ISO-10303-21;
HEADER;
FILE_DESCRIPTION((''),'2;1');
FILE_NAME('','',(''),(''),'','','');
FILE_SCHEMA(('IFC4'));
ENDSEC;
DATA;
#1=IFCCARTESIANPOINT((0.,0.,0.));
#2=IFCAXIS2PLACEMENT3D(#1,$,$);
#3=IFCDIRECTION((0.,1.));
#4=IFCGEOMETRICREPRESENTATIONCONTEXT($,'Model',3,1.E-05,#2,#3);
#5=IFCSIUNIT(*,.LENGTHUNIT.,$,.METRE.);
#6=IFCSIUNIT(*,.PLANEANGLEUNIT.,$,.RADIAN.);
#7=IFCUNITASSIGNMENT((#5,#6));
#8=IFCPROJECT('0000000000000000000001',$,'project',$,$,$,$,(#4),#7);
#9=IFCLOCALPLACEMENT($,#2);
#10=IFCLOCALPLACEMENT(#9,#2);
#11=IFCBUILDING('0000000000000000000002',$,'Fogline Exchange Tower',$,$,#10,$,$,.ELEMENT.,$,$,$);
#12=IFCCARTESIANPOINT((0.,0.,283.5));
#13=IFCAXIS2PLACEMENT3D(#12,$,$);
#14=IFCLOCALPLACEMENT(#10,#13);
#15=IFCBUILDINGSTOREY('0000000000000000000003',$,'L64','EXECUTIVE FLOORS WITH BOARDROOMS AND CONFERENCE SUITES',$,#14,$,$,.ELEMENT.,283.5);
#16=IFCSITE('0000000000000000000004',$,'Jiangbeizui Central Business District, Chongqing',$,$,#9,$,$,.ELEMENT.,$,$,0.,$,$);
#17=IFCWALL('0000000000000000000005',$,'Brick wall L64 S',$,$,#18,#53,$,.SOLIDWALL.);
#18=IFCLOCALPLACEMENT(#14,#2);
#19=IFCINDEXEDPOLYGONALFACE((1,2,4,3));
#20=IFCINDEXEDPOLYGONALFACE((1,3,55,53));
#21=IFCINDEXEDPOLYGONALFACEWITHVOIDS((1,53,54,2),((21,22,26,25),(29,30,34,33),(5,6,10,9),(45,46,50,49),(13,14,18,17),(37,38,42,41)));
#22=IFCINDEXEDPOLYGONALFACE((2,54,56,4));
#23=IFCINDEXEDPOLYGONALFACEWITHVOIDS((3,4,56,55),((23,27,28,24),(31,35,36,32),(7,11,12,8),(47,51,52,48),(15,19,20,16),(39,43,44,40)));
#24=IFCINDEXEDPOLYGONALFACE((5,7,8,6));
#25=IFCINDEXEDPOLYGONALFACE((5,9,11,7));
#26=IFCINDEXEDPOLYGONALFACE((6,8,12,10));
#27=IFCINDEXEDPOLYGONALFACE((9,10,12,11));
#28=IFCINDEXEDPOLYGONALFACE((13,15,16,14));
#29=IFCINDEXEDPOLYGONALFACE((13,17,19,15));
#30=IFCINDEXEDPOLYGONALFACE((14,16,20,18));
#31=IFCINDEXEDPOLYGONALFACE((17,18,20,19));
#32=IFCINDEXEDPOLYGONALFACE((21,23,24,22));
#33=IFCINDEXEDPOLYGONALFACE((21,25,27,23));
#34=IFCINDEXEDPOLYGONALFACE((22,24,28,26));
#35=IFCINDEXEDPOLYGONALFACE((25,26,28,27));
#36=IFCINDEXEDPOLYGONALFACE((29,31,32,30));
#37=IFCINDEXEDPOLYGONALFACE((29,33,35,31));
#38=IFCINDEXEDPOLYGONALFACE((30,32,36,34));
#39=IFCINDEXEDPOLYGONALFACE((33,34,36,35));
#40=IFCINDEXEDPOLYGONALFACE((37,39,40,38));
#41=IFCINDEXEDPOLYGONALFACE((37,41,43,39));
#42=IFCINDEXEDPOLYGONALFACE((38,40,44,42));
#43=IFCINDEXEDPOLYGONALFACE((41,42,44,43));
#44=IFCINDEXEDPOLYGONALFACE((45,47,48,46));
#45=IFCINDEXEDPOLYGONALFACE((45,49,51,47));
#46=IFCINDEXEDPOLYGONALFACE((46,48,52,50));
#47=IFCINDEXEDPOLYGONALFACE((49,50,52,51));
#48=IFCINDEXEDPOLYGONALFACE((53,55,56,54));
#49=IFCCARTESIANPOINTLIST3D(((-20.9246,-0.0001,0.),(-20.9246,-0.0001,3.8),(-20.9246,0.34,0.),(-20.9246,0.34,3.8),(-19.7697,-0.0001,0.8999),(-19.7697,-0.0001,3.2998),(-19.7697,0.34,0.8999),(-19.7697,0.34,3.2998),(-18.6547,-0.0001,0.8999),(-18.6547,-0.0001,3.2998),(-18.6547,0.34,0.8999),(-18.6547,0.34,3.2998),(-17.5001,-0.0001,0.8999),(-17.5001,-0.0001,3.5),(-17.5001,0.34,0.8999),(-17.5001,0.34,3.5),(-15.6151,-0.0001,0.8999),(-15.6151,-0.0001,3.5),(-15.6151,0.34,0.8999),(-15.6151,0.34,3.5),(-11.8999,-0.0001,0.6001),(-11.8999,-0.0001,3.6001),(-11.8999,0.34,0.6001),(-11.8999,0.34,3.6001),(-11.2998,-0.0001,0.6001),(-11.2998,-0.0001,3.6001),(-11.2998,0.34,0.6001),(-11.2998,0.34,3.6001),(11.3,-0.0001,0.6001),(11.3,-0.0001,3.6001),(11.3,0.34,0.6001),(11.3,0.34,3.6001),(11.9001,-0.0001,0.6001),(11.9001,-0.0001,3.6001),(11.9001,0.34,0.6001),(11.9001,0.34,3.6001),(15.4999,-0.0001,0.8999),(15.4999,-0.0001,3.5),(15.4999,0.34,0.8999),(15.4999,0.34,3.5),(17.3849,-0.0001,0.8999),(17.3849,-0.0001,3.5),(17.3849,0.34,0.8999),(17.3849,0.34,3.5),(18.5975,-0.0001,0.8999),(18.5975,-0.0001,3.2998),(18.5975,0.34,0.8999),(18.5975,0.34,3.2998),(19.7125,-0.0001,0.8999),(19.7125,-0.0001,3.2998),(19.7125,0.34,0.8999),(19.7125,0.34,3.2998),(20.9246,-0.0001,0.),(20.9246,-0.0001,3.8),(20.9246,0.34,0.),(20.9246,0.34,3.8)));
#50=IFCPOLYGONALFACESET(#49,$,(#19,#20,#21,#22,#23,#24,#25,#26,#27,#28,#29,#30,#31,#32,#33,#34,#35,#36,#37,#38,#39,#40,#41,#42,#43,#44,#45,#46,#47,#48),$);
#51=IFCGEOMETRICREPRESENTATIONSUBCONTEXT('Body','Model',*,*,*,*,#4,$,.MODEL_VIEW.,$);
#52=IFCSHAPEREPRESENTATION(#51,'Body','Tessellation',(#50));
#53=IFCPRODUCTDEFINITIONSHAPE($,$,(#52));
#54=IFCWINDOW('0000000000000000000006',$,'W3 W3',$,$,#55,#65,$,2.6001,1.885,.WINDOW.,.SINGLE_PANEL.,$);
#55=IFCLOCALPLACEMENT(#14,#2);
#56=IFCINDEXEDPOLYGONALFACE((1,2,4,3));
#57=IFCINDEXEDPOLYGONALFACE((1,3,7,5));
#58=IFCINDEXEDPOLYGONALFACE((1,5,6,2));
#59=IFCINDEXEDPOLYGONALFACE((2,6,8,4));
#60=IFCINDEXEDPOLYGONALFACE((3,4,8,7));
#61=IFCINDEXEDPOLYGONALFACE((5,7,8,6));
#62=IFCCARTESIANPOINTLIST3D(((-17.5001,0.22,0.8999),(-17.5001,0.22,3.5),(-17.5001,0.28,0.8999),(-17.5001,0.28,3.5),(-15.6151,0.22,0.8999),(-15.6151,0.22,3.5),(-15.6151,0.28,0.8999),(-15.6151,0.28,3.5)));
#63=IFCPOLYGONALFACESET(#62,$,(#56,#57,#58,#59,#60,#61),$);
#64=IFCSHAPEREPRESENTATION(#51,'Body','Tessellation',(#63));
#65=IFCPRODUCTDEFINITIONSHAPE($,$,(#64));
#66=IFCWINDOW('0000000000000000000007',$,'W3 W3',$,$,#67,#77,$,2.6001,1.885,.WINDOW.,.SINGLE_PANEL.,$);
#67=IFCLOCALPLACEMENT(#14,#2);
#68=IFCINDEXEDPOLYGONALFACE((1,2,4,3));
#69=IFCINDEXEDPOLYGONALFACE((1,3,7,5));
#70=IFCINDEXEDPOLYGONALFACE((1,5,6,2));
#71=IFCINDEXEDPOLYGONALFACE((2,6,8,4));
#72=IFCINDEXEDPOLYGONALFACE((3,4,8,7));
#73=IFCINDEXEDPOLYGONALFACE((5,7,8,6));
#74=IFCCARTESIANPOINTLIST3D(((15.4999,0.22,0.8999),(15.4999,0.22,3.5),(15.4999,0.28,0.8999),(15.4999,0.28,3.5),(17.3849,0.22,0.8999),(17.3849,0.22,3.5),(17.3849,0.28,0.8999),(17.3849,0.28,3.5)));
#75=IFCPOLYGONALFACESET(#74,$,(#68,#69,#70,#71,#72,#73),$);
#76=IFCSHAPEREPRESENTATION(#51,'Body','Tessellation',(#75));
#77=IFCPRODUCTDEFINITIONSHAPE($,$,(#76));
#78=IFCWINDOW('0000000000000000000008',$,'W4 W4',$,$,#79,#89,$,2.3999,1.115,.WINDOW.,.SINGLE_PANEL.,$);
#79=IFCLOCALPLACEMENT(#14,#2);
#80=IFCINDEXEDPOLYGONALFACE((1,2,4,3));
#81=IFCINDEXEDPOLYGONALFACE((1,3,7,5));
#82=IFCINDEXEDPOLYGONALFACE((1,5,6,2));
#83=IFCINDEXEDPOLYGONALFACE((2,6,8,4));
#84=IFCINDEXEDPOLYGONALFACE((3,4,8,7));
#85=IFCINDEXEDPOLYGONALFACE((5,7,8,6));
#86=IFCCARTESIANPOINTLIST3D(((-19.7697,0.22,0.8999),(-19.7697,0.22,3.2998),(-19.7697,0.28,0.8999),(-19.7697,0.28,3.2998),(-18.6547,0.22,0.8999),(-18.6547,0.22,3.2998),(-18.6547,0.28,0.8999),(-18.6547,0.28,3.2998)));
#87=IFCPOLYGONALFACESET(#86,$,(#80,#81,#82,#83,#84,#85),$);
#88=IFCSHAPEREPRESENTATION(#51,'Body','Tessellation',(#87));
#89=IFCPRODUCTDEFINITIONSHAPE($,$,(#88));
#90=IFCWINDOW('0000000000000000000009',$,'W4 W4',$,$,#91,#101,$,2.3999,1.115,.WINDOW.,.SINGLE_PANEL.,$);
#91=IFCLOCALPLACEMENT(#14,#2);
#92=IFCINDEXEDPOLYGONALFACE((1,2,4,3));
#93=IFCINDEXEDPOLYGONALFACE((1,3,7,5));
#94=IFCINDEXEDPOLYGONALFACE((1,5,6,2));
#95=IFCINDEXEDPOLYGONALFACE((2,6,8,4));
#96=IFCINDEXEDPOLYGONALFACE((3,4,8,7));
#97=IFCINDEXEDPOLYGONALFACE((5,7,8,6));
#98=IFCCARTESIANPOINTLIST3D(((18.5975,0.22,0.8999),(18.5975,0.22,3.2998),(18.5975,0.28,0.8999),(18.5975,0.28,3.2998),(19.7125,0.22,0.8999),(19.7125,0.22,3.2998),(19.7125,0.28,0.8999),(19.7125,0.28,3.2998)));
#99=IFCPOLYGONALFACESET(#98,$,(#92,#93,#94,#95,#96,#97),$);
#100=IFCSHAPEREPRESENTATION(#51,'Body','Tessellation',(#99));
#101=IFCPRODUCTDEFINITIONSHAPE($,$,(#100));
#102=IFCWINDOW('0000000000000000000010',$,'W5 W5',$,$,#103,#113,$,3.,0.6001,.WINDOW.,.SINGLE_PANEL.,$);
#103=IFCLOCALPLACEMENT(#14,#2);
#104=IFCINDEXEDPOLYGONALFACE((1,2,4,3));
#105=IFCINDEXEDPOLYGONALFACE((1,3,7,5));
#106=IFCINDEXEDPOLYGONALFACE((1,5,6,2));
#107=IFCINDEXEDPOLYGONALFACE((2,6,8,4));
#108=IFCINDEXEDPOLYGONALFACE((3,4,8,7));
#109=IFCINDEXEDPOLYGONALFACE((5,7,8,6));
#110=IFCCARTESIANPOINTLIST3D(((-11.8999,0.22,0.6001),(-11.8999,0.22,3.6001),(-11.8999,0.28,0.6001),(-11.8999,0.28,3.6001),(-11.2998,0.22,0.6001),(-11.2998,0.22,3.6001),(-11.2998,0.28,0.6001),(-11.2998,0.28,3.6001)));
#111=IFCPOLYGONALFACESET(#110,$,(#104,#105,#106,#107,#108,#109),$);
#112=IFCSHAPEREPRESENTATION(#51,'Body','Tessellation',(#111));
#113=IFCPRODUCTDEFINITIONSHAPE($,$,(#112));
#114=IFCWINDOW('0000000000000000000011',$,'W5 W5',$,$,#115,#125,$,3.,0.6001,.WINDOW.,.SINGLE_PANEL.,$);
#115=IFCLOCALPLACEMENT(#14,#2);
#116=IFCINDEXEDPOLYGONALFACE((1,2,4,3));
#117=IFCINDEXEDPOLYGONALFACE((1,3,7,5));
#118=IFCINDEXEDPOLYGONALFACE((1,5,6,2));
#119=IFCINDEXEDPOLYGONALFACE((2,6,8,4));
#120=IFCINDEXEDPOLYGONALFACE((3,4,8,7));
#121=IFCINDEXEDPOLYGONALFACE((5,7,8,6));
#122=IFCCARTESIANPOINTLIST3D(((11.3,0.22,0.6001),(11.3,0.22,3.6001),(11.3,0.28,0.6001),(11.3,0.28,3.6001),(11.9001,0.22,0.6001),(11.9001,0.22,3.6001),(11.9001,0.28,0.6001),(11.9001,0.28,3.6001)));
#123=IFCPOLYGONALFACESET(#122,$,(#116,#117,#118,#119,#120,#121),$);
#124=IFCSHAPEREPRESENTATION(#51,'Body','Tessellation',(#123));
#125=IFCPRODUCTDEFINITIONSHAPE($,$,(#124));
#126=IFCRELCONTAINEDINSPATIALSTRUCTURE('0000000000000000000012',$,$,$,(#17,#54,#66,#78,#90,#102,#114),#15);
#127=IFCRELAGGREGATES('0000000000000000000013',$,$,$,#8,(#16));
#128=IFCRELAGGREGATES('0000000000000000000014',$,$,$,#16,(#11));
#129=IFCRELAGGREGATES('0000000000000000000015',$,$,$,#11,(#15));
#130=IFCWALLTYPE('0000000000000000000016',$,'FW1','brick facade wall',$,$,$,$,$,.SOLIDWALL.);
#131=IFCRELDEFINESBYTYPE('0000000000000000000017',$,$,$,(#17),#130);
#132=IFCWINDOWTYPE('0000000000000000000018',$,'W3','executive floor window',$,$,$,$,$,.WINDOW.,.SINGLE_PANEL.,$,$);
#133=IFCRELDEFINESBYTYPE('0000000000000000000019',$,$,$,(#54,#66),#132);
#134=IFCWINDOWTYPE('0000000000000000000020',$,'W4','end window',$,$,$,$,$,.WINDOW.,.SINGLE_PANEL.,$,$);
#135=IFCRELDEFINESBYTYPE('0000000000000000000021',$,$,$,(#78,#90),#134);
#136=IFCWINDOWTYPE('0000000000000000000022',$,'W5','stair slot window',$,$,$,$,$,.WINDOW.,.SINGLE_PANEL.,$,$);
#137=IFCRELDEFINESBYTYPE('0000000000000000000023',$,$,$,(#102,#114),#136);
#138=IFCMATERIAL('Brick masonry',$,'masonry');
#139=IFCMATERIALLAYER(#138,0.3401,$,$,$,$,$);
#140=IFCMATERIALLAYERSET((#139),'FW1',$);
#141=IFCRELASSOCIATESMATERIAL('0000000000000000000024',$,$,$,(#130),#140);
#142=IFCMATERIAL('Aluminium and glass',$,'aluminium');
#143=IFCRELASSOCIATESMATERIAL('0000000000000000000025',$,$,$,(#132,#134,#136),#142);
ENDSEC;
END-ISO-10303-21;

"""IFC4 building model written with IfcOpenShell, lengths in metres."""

from ifc_helpers import new_model, si_unit, direction, frame, frame_2d, origin, place, context, subcontext, project, spatial, rectangle, extrude, material, layer, layer_set, type_object, element, fill, save


model = new_model("IFC4")

# Units and contexts
model_context = context("Model", 3, precision=1e-05, world=origin(), true_north=direction((0.0, 1.0)))
body_context = subcontext(model_context, "Body", "Model", "MODEL_VIEW")
ifc_project = project(units=[si_unit("LENGTHUNIT", "METRE"), si_unit("PLANEANGLEUNIT", "RADIAN")], contexts=[model_context])

# Site, building, storey
site_placement = place(None, origin())
site = spatial("IfcSite", under=ifc_project, at=site_placement, Name="Jiangbeizui Central Business District, Chongqing", CompositionType="ELEMENT", RefElevation=0.0)
building_placement = place(site_placement, origin())
building = spatial("IfcBuilding", under=site, at=building_placement, Name="Fogline Exchange Tower", CompositionType="ELEMENT")
storey_placement = place(building_placement, frame((0.0, 0.0, 283.5)))
storey = spatial("IfcBuildingStorey", under=building, at=storey_placement, Name="L64", Description="EXECUTIVE FLOORS WITH BOARDROOMS AND CONFERENCE SUITES", CompositionType="ELEMENT", Elevation=283.5)

# Shared definitions
ifc_material_1 = material(Name="Brick masonry", Category="masonry")
ifc_layer = layer(ifc_material_1, 0.3401)
ifc_layer_set = layer_set([ifc_layer], Name="FW1")
wall_type = type_object("IfcWallType", Name="FW1", Description="brick facade wall", PredefinedType="SOLIDWALL", material=ifc_layer_set)
ifc_material_2 = material(Name="Aluminium and glass", Category="aluminium")

# Wall, openings, windows
wall_1_placement = place(storey_placement, frame((-20.9246, 0.1699, 0.0), z_axis=(0.0, 0.0, 1.0), x_axis=(1.0, 0.0, 0.0)))
wall_1 = element("IfcWall", 1, at=wall_1_placement, inside=storey, type_object=wall_type, Name="Brick wall L64 S", PredefinedType="SOLIDWALL", context=body_context, shape_type="SweptSolid", body=[
    extrude(rectangle(XDim=41.8491, YDim=0.3401, at=frame_2d((20.9246, 0.0))), origin(), (0.0, 0.0, 1.0), 3.8),
])
opening_1_placement = place(wall_1_placement, frame((3.4246, 0.0, 0.8999)))
opening_1 = element("IfcOpeningElement", 2, at=opening_1_placement, cuts=wall_1, PredefinedType="OPENING", context=body_context, shape_type="SweptSolid", body=[
    extrude(rectangle(XDim=1.885, YDim=2.6001, at=frame_2d((0.9424, 1.3))), frame((0.0, 0.1802, 0.0), z_axis=(0.0, -1.0, 0.0), x_axis=(1.0, 0.0, 0.0)), (0.0, 0.0, 1.0), 0.3601),
])
opening_2_placement = place(wall_1_placement, frame((36.4246, 0.0, 0.8999)))
opening_2 = element("IfcOpeningElement", 3, at=opening_2_placement, cuts=wall_1, PredefinedType="OPENING", context=body_context, shape_type="SweptSolid", body=[
    extrude(rectangle(XDim=1.885, YDim=2.6001, at=frame_2d((0.9424, 1.3))), frame((0.0, 0.1802, 0.0), z_axis=(0.0, -1.0, 0.0), x_axis=(1.0, 0.0, 0.0)), (0.0, 0.0, 1.0), 0.3601),
])
opening_3_placement = place(wall_1_placement, frame((1.1548, 0.0, 0.8999)))
opening_3 = element("IfcOpeningElement", 4, at=opening_3_placement, cuts=wall_1, PredefinedType="OPENING", context=body_context, shape_type="SweptSolid", body=[
    extrude(rectangle(XDim=1.115, YDim=2.3999, at=frame_2d((0.5576, 1.2))), frame((0.0, 0.1802, 0.0), z_axis=(0.0, -1.0, 0.0), x_axis=(1.0, 0.0, 0.0)), (0.0, 0.0, 1.0), 0.3601),
])
opening_4_placement = place(wall_1_placement, frame((39.522, 0.0, 0.8999)))
opening_4 = element("IfcOpeningElement", 5, at=opening_4_placement, cuts=wall_1, PredefinedType="OPENING", context=body_context, shape_type="SweptSolid", body=[
    extrude(rectangle(XDim=1.115, YDim=2.3999, at=frame_2d((0.5576, 1.2))), frame((0.0, 0.1802, 0.0), z_axis=(0.0, -1.0, 0.0), x_axis=(1.0, 0.0, 0.0)), (0.0, 0.0, 1.0), 0.3601),
])
opening_5_placement = place(wall_1_placement, frame((9.0247, 0.0, 0.6001)))
opening_5 = element("IfcOpeningElement", 6, at=opening_5_placement, cuts=wall_1, PredefinedType="OPENING", context=body_context, shape_type="SweptSolid", body=[
    extrude(rectangle(XDim=0.6001, YDim=3.0, at=frame_2d((0.3, 1.5))), frame((0.0, 0.1802, 0.0), z_axis=(0.0, -1.0, 0.0), x_axis=(1.0, 0.0, 0.0)), (0.0, 0.0, 1.0), 0.3601),
])
opening_6_placement = place(wall_1_placement, frame((32.2246, 0.0, 0.6001)))
opening_6 = element("IfcOpeningElement", 7, at=opening_6_placement, cuts=wall_1, PredefinedType="OPENING", context=body_context, shape_type="SweptSolid", body=[
    extrude(rectangle(XDim=0.6001, YDim=3.0, at=frame_2d((0.3, 1.5))), frame((0.0, 0.1802, 0.0), z_axis=(0.0, -1.0, 0.0), x_axis=(1.0, 0.0, 0.0)), (0.0, 0.0, 1.0), 0.3601),
])
window_type_1 = type_object("IfcWindowType", Name="W3", Description="executive floor window", PartitioningType="SINGLE_PANEL", PredefinedType="WINDOW", material=ifc_material_2)
window_1_placement = place(opening_1_placement, origin())
window_1 = element("IfcWindow", 8, at=window_1_placement, inside=storey, type_object=window_type_1, Name="W3 W3", OverallHeight=2.6001, OverallWidth=1.885, PartitioningType="SINGLE_PANEL", PredefinedType="WINDOW", context=body_context, shape_type="SweptSolid", body=[
    extrude(rectangle(XDim=1.885, YDim=2.6001, at=frame_2d((0.9424, 1.3))), frame((0.0, 0.1101, 0.0), z_axis=(0.0, -1.0, 0.0), x_axis=(1.0, 0.0, 0.0)), (0.0, 0.0, 1.0), 0.0601),
])
fill(opening_1, window_1)
window_2_placement = place(opening_2_placement, origin())
window_2 = element("IfcWindow", 9, at=window_2_placement, inside=storey, type_object=window_type_1, Name="W3 W3", OverallHeight=2.6001, OverallWidth=1.885, PartitioningType="SINGLE_PANEL", PredefinedType="WINDOW", context=body_context, shape_type="SweptSolid", body=[
    extrude(rectangle(XDim=1.885, YDim=2.6001, at=frame_2d((0.9424, 1.3))), frame((0.0, 0.1101, 0.0), z_axis=(0.0, -1.0, 0.0), x_axis=(1.0, 0.0, 0.0)), (0.0, 0.0, 1.0), 0.0601),
])
fill(opening_2, window_2)
window_type_2 = type_object("IfcWindowType", Name="W4", Description="end window", PartitioningType="SINGLE_PANEL", PredefinedType="WINDOW", material=ifc_material_2)
window_3_placement = place(opening_3_placement, origin())
window_3 = element("IfcWindow", 10, at=window_3_placement, inside=storey, type_object=window_type_2, Name="W4 W4", OverallHeight=2.3999, OverallWidth=1.115, PartitioningType="SINGLE_PANEL", PredefinedType="WINDOW", context=body_context, shape_type="SweptSolid", body=[
    extrude(rectangle(XDim=1.115, YDim=2.3999, at=frame_2d((0.5576, 1.2))), frame((0.0, 0.1101, 0.0), z_axis=(0.0, -1.0, 0.0), x_axis=(1.0, 0.0, 0.0)), (0.0, 0.0, 1.0), 0.0601),
])
fill(opening_3, window_3)
window_4_placement = place(opening_4_placement, origin())
window_4 = element("IfcWindow", 11, at=window_4_placement, inside=storey, type_object=window_type_2, Name="W4 W4", OverallHeight=2.3999, OverallWidth=1.115, PartitioningType="SINGLE_PANEL", PredefinedType="WINDOW", context=body_context, shape_type="SweptSolid", body=[
    extrude(rectangle(XDim=1.115, YDim=2.3999, at=frame_2d((0.5576, 1.2))), frame((0.0, 0.1101, 0.0), z_axis=(0.0, -1.0, 0.0), x_axis=(1.0, 0.0, 0.0)), (0.0, 0.0, 1.0), 0.0601),
])
fill(opening_4, window_4)
window_type_3 = type_object("IfcWindowType", Name="W5", Description="stair slot window", PartitioningType="SINGLE_PANEL", PredefinedType="WINDOW", material=ifc_material_2)
window_5_placement = place(opening_5_placement, origin())
window_5 = element("IfcWindow", 12, at=window_5_placement, inside=storey, type_object=window_type_3, Name="W5 W5", OverallHeight=3.0, OverallWidth=0.6001, PartitioningType="SINGLE_PANEL", PredefinedType="WINDOW", context=body_context, shape_type="SweptSolid", body=[
    extrude(rectangle(XDim=0.6001, YDim=3.0, at=frame_2d((0.3, 1.5))), frame((0.0, 0.1101, 0.0), z_axis=(0.0, -1.0, 0.0), x_axis=(1.0, 0.0, 0.0)), (0.0, 0.0, 1.0), 0.0601),
])
fill(opening_5, window_5)
window_6_placement = place(opening_6_placement, origin())
window_6 = element("IfcWindow", 13, at=window_6_placement, inside=storey, type_object=window_type_3, Name="W5 W5", OverallHeight=3.0, OverallWidth=0.6001, PartitioningType="SINGLE_PANEL", PredefinedType="WINDOW", context=body_context, shape_type="SweptSolid", body=[
    extrude(rectangle(XDim=0.6001, YDim=3.0, at=frame_2d((0.3, 1.5))), frame((0.0, 0.1101, 0.0), z_axis=(0.0, -1.0, 0.0), x_axis=(1.0, 0.0, 0.0)), (0.0, 0.0, 1.0), 0.0601),
])
fill(opening_6, window_6)

save(model, "model.ifc")
